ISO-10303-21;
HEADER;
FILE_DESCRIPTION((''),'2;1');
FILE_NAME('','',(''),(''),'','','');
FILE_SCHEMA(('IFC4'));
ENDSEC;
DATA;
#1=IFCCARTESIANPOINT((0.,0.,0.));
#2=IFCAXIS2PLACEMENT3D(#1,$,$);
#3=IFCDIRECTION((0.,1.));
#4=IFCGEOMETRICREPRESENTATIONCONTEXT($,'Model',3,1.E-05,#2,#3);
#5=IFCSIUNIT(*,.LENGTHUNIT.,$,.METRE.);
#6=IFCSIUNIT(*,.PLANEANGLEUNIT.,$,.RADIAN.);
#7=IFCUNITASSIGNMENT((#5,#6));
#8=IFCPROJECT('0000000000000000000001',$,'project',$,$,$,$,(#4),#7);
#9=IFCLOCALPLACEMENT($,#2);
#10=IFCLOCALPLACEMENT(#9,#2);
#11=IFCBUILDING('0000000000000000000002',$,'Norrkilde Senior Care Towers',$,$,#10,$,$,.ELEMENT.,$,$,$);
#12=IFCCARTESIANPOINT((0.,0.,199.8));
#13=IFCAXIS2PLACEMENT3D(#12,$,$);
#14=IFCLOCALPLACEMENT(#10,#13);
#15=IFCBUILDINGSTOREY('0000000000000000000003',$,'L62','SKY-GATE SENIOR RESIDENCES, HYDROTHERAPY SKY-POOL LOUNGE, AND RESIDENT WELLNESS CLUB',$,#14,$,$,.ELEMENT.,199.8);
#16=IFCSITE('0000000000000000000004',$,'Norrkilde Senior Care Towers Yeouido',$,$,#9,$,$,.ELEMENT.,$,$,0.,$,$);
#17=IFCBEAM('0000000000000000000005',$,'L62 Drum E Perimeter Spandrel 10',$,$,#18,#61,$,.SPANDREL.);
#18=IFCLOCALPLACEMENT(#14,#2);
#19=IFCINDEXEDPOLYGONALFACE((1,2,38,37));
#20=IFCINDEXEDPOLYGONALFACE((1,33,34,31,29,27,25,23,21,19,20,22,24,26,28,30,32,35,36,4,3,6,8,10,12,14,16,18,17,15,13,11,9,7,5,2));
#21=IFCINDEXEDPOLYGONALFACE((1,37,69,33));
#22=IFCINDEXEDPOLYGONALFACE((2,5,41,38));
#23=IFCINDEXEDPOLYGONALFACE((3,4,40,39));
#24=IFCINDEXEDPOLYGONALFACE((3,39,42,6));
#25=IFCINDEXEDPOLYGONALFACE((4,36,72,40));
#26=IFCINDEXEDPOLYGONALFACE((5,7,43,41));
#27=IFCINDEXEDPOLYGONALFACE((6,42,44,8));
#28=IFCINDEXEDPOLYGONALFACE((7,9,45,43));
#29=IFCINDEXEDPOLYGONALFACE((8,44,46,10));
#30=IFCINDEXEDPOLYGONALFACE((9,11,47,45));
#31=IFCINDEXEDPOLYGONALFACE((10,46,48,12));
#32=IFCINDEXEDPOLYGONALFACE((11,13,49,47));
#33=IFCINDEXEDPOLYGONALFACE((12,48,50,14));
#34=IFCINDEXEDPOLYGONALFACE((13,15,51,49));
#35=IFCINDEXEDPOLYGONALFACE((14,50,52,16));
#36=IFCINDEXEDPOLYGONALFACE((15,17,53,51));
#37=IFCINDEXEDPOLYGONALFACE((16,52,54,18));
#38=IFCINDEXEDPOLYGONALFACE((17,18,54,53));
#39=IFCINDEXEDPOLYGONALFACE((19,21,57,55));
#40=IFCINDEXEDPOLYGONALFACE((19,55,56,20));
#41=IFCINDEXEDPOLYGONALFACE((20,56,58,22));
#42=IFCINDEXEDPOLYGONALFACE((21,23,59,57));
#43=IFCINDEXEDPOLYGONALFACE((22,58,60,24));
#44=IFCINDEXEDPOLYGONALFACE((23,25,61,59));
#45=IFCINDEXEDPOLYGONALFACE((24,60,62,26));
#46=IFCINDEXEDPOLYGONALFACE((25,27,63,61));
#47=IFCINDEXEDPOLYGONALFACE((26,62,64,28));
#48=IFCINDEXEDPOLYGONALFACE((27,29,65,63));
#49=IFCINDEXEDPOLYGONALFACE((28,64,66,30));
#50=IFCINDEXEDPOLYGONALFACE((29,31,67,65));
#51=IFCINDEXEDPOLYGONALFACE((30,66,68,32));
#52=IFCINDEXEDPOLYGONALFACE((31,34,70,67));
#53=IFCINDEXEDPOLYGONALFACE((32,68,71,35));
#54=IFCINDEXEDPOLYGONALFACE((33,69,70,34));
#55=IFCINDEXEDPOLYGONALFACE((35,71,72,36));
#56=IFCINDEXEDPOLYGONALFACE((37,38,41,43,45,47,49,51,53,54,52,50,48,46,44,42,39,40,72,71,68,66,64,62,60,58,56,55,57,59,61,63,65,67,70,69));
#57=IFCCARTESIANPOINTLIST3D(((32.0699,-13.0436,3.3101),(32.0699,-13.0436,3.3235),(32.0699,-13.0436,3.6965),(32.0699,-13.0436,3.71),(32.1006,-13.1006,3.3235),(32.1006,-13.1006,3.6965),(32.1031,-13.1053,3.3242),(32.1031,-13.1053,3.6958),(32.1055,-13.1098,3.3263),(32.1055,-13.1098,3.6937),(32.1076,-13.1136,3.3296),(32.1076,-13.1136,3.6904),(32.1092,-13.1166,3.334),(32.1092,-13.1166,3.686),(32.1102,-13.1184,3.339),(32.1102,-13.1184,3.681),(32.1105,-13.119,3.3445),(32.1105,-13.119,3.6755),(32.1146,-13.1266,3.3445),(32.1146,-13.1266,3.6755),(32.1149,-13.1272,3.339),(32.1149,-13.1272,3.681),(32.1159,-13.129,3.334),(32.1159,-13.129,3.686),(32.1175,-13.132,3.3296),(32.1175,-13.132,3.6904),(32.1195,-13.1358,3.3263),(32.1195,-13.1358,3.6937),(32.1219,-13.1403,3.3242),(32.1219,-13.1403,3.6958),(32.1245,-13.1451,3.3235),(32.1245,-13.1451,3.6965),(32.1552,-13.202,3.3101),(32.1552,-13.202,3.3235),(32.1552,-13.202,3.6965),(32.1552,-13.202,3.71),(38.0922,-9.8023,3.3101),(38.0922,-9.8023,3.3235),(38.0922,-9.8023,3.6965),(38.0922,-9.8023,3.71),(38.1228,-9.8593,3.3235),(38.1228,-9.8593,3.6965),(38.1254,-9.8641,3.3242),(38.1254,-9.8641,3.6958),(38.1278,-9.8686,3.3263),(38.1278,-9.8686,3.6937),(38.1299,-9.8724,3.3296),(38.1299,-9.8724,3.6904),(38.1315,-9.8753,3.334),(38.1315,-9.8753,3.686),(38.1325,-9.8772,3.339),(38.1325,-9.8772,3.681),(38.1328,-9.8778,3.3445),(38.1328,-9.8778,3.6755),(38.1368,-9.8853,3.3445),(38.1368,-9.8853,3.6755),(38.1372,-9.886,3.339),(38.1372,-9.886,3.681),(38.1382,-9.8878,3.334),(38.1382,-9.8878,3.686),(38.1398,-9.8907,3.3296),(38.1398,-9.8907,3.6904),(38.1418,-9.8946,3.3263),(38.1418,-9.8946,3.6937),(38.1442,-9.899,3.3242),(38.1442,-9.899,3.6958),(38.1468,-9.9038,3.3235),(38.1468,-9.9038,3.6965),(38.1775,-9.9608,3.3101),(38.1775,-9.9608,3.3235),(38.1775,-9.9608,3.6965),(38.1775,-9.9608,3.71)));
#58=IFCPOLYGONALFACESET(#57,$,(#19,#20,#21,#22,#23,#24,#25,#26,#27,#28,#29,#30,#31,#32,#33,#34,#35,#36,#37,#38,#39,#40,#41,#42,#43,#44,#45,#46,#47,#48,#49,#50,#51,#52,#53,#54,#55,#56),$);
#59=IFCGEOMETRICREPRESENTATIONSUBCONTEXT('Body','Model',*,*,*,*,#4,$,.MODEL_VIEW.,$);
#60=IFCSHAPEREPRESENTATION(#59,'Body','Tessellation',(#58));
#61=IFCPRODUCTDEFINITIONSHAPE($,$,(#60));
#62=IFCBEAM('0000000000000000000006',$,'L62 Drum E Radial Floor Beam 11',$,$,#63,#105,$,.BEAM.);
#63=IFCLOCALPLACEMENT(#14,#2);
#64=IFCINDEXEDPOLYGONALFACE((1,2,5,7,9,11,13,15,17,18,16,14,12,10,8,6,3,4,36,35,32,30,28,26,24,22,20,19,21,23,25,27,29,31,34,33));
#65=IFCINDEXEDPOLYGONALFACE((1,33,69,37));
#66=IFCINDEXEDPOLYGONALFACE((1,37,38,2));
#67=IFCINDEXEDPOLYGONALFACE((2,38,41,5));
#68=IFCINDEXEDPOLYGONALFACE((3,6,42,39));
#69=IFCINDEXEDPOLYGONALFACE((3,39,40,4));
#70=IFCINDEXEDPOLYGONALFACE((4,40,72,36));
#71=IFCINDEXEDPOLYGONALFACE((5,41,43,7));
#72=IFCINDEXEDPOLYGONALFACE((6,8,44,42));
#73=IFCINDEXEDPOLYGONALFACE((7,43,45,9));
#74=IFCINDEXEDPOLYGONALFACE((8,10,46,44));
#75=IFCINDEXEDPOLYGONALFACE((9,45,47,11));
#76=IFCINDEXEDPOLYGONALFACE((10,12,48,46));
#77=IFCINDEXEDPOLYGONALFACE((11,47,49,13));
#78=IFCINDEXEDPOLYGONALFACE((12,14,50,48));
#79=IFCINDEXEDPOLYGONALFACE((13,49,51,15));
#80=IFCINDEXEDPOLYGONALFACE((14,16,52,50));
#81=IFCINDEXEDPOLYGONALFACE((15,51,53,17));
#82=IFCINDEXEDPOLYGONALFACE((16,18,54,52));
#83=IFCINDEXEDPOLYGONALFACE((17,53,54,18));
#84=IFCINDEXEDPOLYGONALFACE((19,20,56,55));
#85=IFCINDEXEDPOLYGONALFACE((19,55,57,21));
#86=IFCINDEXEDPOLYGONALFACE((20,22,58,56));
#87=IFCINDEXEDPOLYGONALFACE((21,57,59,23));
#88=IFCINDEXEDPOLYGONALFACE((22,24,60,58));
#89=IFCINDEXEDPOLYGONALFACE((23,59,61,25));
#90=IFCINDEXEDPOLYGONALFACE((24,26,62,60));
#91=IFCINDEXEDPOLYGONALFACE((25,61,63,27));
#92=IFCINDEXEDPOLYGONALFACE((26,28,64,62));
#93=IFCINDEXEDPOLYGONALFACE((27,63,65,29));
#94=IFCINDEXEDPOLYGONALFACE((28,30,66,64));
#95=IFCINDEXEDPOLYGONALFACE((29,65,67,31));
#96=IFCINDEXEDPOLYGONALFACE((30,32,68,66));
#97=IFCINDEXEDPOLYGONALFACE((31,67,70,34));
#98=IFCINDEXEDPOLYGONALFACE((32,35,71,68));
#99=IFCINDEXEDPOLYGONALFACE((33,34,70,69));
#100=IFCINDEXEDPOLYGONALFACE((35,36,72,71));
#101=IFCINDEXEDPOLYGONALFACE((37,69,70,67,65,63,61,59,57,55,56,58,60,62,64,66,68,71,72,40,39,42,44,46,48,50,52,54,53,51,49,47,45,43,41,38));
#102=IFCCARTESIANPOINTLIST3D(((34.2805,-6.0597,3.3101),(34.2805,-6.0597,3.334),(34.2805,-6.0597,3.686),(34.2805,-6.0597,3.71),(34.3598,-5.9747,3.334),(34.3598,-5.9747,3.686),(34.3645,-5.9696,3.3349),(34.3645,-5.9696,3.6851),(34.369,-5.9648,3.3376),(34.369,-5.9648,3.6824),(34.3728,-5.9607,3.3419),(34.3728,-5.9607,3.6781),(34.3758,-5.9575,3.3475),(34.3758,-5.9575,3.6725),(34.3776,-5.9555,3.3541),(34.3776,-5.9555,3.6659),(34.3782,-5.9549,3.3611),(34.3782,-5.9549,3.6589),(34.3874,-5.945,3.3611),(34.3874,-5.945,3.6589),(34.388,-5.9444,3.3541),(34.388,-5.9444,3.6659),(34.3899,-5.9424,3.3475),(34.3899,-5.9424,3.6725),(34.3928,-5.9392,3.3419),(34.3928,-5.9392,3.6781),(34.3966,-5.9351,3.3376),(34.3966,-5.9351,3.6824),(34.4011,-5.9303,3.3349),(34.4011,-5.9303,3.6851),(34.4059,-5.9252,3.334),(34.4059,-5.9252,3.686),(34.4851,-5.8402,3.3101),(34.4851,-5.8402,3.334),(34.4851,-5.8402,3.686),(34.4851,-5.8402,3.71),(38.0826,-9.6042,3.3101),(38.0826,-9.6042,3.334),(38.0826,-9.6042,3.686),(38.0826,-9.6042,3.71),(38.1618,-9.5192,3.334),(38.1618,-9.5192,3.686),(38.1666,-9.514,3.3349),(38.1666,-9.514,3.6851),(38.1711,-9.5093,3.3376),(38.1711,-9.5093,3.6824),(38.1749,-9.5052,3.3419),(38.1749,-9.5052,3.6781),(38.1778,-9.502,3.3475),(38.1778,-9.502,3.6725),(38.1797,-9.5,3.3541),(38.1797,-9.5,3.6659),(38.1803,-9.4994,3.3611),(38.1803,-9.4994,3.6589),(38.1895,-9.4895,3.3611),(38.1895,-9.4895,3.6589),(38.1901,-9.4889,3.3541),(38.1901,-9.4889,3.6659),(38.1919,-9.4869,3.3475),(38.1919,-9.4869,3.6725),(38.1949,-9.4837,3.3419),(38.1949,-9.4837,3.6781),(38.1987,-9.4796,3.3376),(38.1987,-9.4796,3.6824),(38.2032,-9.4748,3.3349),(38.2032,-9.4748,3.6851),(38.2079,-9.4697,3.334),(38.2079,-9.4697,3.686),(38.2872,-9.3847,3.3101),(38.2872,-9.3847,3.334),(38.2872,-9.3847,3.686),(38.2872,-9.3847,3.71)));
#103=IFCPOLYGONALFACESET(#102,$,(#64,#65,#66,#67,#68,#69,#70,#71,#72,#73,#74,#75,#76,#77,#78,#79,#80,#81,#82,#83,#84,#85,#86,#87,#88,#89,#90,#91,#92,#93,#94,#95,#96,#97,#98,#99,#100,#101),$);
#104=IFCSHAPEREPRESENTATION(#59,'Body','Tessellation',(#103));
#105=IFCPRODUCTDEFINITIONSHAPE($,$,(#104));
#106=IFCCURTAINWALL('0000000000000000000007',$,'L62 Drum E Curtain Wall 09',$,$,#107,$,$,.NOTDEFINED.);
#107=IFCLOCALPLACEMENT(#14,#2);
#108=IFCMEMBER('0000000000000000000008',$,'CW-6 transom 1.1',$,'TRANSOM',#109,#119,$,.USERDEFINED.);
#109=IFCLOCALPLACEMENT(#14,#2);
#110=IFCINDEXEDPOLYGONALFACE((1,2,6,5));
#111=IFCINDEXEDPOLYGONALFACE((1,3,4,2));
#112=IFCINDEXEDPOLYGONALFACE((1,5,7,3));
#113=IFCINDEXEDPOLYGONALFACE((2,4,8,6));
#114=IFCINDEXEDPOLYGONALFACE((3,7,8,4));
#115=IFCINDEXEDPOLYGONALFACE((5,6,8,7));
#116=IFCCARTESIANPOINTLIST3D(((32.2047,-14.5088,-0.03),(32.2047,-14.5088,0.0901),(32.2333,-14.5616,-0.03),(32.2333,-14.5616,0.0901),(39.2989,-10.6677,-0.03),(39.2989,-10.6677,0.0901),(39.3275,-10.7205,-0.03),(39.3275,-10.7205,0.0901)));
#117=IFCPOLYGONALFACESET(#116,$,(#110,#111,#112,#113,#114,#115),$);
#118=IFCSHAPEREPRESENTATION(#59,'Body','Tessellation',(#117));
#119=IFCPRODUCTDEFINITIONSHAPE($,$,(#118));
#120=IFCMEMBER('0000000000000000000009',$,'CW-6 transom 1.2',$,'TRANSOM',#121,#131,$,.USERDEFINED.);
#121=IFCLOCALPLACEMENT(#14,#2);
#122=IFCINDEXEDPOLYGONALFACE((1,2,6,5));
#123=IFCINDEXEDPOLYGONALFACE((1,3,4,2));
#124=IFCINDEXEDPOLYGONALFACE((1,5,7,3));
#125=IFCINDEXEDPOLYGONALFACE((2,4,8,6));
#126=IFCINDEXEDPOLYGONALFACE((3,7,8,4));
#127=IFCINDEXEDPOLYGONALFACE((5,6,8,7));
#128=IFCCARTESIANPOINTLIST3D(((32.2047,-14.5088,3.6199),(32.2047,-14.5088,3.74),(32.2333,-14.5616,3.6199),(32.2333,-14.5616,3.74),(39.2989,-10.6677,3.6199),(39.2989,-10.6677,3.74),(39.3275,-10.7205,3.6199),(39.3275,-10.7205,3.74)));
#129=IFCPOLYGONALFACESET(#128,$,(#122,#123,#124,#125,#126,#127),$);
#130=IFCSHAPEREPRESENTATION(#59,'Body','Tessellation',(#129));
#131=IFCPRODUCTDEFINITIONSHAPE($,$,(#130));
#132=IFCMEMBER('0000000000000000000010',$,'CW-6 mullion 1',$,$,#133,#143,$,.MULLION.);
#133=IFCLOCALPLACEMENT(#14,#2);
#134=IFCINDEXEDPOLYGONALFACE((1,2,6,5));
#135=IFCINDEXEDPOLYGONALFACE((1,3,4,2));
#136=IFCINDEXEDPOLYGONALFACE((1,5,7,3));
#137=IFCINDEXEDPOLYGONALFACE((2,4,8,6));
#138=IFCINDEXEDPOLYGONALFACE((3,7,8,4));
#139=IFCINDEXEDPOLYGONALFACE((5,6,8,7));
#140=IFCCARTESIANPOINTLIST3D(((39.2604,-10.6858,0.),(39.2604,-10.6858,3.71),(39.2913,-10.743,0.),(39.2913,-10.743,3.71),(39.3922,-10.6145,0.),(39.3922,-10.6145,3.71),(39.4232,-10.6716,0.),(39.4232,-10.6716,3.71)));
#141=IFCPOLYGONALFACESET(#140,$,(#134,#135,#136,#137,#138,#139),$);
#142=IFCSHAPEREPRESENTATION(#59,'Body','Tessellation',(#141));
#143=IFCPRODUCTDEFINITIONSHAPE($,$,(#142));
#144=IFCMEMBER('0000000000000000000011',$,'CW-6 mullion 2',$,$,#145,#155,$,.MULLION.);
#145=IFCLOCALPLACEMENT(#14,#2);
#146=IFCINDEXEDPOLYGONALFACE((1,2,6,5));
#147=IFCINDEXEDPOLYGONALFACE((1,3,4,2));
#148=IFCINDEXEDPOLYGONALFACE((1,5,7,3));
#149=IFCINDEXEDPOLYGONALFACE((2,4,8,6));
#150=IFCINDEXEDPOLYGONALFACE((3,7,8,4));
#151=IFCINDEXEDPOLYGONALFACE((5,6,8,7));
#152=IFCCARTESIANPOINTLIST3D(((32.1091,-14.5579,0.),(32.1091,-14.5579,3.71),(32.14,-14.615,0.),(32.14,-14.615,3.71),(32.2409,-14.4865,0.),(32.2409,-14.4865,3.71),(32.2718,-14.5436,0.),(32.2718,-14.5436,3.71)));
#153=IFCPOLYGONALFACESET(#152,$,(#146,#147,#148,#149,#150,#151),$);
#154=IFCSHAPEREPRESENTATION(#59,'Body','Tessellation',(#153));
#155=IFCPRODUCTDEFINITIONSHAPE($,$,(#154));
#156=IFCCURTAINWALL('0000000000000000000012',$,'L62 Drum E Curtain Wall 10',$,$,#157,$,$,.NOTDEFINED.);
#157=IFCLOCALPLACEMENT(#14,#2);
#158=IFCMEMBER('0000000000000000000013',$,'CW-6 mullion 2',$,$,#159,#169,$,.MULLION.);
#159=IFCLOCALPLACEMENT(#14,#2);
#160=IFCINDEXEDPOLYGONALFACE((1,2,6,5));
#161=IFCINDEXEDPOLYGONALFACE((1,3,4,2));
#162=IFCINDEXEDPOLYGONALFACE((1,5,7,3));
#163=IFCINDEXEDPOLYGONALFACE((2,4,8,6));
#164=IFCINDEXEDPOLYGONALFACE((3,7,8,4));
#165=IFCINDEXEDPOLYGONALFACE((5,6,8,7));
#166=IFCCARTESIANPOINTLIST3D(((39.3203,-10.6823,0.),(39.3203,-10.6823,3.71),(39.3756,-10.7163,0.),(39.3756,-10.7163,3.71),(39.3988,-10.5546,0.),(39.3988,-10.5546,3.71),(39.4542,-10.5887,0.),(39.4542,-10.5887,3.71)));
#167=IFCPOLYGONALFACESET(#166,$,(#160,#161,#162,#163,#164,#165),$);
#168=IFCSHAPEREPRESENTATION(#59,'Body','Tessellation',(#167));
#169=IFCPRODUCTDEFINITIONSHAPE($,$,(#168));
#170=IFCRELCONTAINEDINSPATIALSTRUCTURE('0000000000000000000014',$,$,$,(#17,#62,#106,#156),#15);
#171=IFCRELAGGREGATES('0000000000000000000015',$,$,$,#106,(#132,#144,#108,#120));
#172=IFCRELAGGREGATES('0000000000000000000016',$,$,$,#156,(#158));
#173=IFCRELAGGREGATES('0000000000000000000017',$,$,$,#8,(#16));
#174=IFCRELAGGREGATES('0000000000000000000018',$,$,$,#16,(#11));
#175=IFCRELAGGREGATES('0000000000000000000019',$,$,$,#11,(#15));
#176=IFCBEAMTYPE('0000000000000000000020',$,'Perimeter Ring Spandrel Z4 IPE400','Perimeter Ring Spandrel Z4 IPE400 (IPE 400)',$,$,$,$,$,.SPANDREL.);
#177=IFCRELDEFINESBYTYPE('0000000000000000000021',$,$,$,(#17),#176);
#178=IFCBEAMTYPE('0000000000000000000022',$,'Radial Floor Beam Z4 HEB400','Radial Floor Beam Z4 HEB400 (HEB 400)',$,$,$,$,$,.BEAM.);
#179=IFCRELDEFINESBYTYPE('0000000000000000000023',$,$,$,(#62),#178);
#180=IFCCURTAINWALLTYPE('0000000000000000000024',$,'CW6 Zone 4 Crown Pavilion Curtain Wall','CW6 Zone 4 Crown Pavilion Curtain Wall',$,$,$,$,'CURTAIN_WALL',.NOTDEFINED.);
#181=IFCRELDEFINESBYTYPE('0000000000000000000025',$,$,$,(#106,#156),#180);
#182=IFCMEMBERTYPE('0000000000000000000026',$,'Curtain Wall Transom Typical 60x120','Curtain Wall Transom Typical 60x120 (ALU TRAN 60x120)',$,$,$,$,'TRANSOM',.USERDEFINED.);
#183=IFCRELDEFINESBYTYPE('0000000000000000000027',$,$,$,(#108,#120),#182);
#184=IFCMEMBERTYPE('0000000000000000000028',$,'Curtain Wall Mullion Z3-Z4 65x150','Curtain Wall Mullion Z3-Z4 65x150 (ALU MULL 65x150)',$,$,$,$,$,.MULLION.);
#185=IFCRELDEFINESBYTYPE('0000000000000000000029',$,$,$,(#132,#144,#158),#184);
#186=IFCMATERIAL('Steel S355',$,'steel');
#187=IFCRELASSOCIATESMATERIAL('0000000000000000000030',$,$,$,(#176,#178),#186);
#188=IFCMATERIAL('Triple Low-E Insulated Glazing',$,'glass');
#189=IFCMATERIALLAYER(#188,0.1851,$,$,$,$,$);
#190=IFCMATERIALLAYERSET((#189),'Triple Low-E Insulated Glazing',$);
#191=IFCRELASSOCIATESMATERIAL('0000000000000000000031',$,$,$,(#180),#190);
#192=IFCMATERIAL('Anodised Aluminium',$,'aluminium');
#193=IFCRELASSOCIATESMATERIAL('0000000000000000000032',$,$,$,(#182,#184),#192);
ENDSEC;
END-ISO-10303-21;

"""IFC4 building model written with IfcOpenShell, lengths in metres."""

from ifc_helpers import new_model, si_unit, direction, frame, origin, origin_2d, place, context, subcontext, project, spatial, rectangle, i_section, extrude, source, transform, mapped, material, layer, layer_set, material_profile, profile_set, type_object, type_shapes, element, aggregate, save


model = new_model("IFC4")

# Units and contexts
model_context = context("Model", 3, precision=1e-05, world=origin(), true_north=direction((0.0, 1.0)))
body_context = subcontext(model_context, "Body", "Model", "MODEL_VIEW")
ifc_project = project(units=[si_unit("LENGTHUNIT", "METRE"), si_unit("PLANEANGLEUNIT", "RADIAN")], contexts=[model_context])

# Site, building, storey
site_placement = place(None, origin())
site = spatial("IfcSite", under=ifc_project, at=site_placement, Name="Norrkilde Senior Care Towers Yeouido", CompositionType="ELEMENT", RefElevation=0.0)
building_placement = place(site_placement, origin())
building = spatial("IfcBuilding", under=site, at=building_placement, Name="Norrkilde Senior Care Towers", CompositionType="ELEMENT")
storey_placement = place(building_placement, frame((0.0, 0.0, 199.8)))
storey = spatial("IfcBuildingStorey", under=building, at=storey_placement, Name="L62", Description="SKY-GATE SENIOR RESIDENCES, HYDROTHERAPY SKY-POOL LOUNGE, AND RESIDENT WELLNESS CLUB", CompositionType="ELEMENT", Elevation=199.8)

# Beams
ifc_material_1 = material(Name="Steel S355", Category="steel")
ifc_material_profile_1 = material_profile(ifc_material_1, i_section(OverallWidth=0.1799, OverallDepth=0.3999, WebThickness=0.0085, FlangeThickness=0.0134, FilletRadius=0.021, at=origin_2d()), Name="IPE 400")
ifc_profile_set_1 = profile_set([ifc_material_profile_1], Name="Steel S355")
beam_type_1 = type_object("IfcBeamType", Name="Perimeter Ring Spandrel Z4 IPE400", Description="Perimeter Ring Spandrel Z4 IPE400 (IPE 400)", PredefinedType="SPANDREL", material=ifc_profile_set_1)
shared_shape_1 = source(origin(), body_context, "Body", "SweptSolid", [
    extrude(i_section(OverallWidth=0.1799, OverallDepth=0.3999, WebThickness=0.0085, FlangeThickness=0.0134, FilletRadius=0.021, at=origin_2d()), origin(), (0.0, 0.0, 1.0), 6.8391),
])
beam_1_placement = place(storey_placement, frame((32.1125, -13.1228, 3.51), z_axis=(0.880564, 0.473927, 0.0), x_axis=(-0.473927, 0.880564, 0.0)))
element("IfcBeam", 1, at=beam_1_placement, inside=storey, type_object=beam_type_1, Name="L62 Drum E Perimeter Spandrel 10", PredefinedType="SPANDREL", context=body_context, shape_type="MappedRepresentation", body=[
    mapped(shared_shape_1, transform((0.0, 0.0, 0.0), x_axis=(1.0, 0.0, 0.0), y_axis=(0.0, 1.0, 0.0), z_axis=(0.0, 0.0, 1.0), scale=1.0)),
])
ifc_material_profile_2 = material_profile(ifc_material_1, i_section(OverallWidth=0.3, OverallDepth=0.3999, WebThickness=0.0134, FlangeThickness=0.0239, FilletRadius=0.0271, at=origin_2d()), Name="HEB 400")
ifc_profile_set_2 = profile_set([ifc_material_profile_2], Name="Steel S355")
beam_type_2 = type_object("IfcBeamType", Name="Radial Floor Beam Z4 HEB400", Description="Radial Floor Beam Z4 HEB400 (HEB 400)", PredefinedType="BEAM", material=ifc_profile_set_2)
shared_shape_2 = source(origin(), body_context, "Body", "SweptSolid", [
    extrude(i_section(OverallWidth=0.3, OverallDepth=0.3999, WebThickness=0.0134, FlangeThickness=0.0239, FilletRadius=0.0271, at=origin_2d()), origin(), (0.0, 0.0, 1.0), 5.198),
])
type_shapes(beam_type_2, [shared_shape_2])
beam_2_placement = place(storey_placement, frame((34.3828, -5.95, 3.51), z_axis=(0.731449, -0.681896, 0.0), x_axis=(0.681896, 0.731449, 0.0)))
element("IfcBeam", 2, at=beam_2_placement, inside=storey, type_object=beam_type_2, Name="L62 Drum E Radial Floor Beam 11", PredefinedType="BEAM", context=body_context, shape_type="MappedRepresentation", body=[
    mapped(shared_shape_2, transform((0.0, 0.0, 0.0), x_axis=(1.0, 0.0, 0.0), y_axis=(0.0, 1.0, 0.0), z_axis=(0.0, 0.0, 1.0), scale=1.0)),
])

# Curtain wall, members
ifc_material_2 = material(Name="Triple Low-E Insulated Glazing", Category="glass")
ifc_layer_1 = layer(ifc_material_2, 0.1851)
ifc_layer_set_1 = layer_set([ifc_layer_1], Name="Triple Low-E Insulated Glazing")
curtain_wall_type = type_object("IfcCurtainWallType", Name="CW6 Zone 4 Crown Pavilion Curtain Wall", Description="CW6 Zone 4 Crown Pavilion Curtain Wall", ElementType="CURTAIN_WALL", PredefinedType="NOTDEFINED", material=ifc_layer_set_1)
curtain_wall_1_placement = place(storey_placement, origin())
curtain_wall_1 = element("IfcCurtainWall", 3, at=curtain_wall_1_placement, inside=storey, type_object=curtain_wall_type, Name="L62 Drum E Curtain Wall 09", PredefinedType="NOTDEFINED")
ifc_material_3 = material(Name="Anodised Aluminium", Category="aluminium")
ifc_material_profile_3 = material_profile(ifc_material_3, rectangle(XDim=0.0601, YDim=0.1201, at=origin_2d()), Name="ALU TRAN 60x120")
ifc_profile_set_3 = profile_set([ifc_material_profile_3], Name="Anodised Aluminium")
member_type_1 = type_object("IfcMemberType", Name="Curtain Wall Transom Typical 60x120", Description="Curtain Wall Transom Typical 60x120 (ALU TRAN 60x120)", ElementType="TRANSOM", PredefinedType="USERDEFINED", material=ifc_profile_set_3)
shared_shape_3 = source(origin(), body_context, "Body", "SweptSolid", [
    extrude(rectangle(XDim=0.0601, YDim=0.1201, at=origin_2d()), origin(), (0.0, 0.0, 1.0), 8.0674),
])
type_shapes(member_type_1, [shared_shape_3])
member_1_placement = place(storey_placement, frame((39.3132, -10.6941, 0.03), z_axis=(-0.879378, -0.476125, 0.0), x_axis=(0.476125, -0.879378, 0.0)))
member_1 = element("IfcMember", 4, at=member_1_placement, type_object=member_type_1, Name="CW-6 transom 1.1", ObjectType="TRANSOM", PredefinedType="USERDEFINED", context=body_context, shape_type="MappedRepresentation", body=[
    mapped(shared_shape_3, transform((0.0, 0.0, 0.0), x_axis=(1.0, 0.0, 0.0), y_axis=(0.0, 1.0, 0.0), z_axis=(0.0, 0.0, 1.0), scale=1.0)),
])
member_2_placement = place(storey_placement, frame((39.3132, -10.6941, 3.6799), z_axis=(-0.879378, -0.476125, 0.0), x_axis=(0.476125, -0.879378, 0.0)))
member_2 = element("IfcMember", 5, at=member_2_placement, type_object=member_type_1, Name="CW-6 transom 1.2", ObjectType="TRANSOM", PredefinedType="USERDEFINED", context=body_context, shape_type="MappedRepresentation", body=[
    mapped(shared_shape_3, transform((0.0, 0.0, 0.0), x_axis=(1.0, 0.0, 0.0), y_axis=(0.0, 1.0, 0.0), z_axis=(0.0, 0.0, 1.0), scale=1.0)),
])
ifc_material_profile_4 = material_profile(ifc_material_3, rectangle(XDim=0.0649, YDim=0.1499, at=origin_2d()), Name="ALU MULL 65x150")
ifc_profile_set_4 = profile_set([ifc_material_profile_4], Name="Anodised Aluminium")
member_type_2 = type_object("IfcMemberType", Name="Curtain Wall Mullion Z3-Z4 65x150", Description="Curtain Wall Mullion Z3-Z4 65x150 (ALU MULL 65x150)", PredefinedType="MULLION", material=ifc_profile_set_4)
shared_shape_4 = source(origin(), body_context, "Body", "SweptSolid", [
    extrude(rectangle(XDim=0.0649, YDim=0.1499, at=origin_2d()), origin(), (0.0, 0.0, 1.0), 3.71),
])
type_shapes(member_type_2, [shared_shape_4])
member_3_placement = place(storey_placement, frame((39.3418, -10.6787, 0.0), z_axis=(0.0, 0.0, 1.0), x_axis=(0.476133, -0.879373, 0.0)))
member_3 = element("IfcMember", 6, at=member_3_placement, type_object=member_type_2, Name="CW-6 mullion 1", PredefinedType="MULLION", context=body_context, shape_type="MappedRepresentation", body=[
    mapped(shared_shape_4, transform((0.0, 0.0, 0.0), x_axis=(1.0, 0.0, 0.0), y_axis=(0.0, 1.0, 0.0), z_axis=(0.0, 0.0, 1.0), scale=1.0)),
])
member_4_placement = place(storey_placement, frame((32.1904, -14.5508, 0.0), z_axis=(0.0, 0.0, 1.0), x_axis=(0.476133, -0.879373, 0.0)))
member_4 = element("IfcMember", 7, at=member_4_placement, type_object=member_type_2, Name="CW-6 mullion 2", PredefinedType="MULLION", context=body_context, shape_type="MappedRepresentation", body=[
    mapped(shared_shape_4, transform((0.0, 0.0, 0.0), x_axis=(1.0, 0.0, 0.0), y_axis=(0.0, 1.0, 0.0), z_axis=(0.0, 0.0, 1.0), scale=1.0)),
])

# Curtain wall, member
curtain_wall_2_placement = place(storey_placement, origin())
curtain_wall_2 = element("IfcCurtainWall", 8, at=curtain_wall_2_placement, inside=storey, type_object=curtain_wall_type, Name="L62 Drum E Curtain Wall 10", PredefinedType="NOTDEFINED")
member_5_placement = place(storey_placement, frame((39.3872, -10.6355, 0.0), z_axis=(0.0, 0.0, 1.0), x_axis=(0.851563, -0.524253, 0.0)))
member_5 = element("IfcMember", 9, at=member_5_placement, type_object=member_type_2, Name="CW-6 mullion 2", PredefinedType="MULLION", context=body_context, shape_type="MappedRepresentation", body=[
    mapped(shared_shape_4, transform((0.0, 0.0, 0.0), x_axis=(1.0, 0.0, 0.0), y_axis=(0.0, 1.0, 0.0), z_axis=(0.0, 0.0, 1.0), scale=1.0)),
])

aggregate(curtain_wall_1, [member_3, member_4, member_1, member_2])
aggregate(curtain_wall_2, [member_5])

save(model, "model.ifc")
